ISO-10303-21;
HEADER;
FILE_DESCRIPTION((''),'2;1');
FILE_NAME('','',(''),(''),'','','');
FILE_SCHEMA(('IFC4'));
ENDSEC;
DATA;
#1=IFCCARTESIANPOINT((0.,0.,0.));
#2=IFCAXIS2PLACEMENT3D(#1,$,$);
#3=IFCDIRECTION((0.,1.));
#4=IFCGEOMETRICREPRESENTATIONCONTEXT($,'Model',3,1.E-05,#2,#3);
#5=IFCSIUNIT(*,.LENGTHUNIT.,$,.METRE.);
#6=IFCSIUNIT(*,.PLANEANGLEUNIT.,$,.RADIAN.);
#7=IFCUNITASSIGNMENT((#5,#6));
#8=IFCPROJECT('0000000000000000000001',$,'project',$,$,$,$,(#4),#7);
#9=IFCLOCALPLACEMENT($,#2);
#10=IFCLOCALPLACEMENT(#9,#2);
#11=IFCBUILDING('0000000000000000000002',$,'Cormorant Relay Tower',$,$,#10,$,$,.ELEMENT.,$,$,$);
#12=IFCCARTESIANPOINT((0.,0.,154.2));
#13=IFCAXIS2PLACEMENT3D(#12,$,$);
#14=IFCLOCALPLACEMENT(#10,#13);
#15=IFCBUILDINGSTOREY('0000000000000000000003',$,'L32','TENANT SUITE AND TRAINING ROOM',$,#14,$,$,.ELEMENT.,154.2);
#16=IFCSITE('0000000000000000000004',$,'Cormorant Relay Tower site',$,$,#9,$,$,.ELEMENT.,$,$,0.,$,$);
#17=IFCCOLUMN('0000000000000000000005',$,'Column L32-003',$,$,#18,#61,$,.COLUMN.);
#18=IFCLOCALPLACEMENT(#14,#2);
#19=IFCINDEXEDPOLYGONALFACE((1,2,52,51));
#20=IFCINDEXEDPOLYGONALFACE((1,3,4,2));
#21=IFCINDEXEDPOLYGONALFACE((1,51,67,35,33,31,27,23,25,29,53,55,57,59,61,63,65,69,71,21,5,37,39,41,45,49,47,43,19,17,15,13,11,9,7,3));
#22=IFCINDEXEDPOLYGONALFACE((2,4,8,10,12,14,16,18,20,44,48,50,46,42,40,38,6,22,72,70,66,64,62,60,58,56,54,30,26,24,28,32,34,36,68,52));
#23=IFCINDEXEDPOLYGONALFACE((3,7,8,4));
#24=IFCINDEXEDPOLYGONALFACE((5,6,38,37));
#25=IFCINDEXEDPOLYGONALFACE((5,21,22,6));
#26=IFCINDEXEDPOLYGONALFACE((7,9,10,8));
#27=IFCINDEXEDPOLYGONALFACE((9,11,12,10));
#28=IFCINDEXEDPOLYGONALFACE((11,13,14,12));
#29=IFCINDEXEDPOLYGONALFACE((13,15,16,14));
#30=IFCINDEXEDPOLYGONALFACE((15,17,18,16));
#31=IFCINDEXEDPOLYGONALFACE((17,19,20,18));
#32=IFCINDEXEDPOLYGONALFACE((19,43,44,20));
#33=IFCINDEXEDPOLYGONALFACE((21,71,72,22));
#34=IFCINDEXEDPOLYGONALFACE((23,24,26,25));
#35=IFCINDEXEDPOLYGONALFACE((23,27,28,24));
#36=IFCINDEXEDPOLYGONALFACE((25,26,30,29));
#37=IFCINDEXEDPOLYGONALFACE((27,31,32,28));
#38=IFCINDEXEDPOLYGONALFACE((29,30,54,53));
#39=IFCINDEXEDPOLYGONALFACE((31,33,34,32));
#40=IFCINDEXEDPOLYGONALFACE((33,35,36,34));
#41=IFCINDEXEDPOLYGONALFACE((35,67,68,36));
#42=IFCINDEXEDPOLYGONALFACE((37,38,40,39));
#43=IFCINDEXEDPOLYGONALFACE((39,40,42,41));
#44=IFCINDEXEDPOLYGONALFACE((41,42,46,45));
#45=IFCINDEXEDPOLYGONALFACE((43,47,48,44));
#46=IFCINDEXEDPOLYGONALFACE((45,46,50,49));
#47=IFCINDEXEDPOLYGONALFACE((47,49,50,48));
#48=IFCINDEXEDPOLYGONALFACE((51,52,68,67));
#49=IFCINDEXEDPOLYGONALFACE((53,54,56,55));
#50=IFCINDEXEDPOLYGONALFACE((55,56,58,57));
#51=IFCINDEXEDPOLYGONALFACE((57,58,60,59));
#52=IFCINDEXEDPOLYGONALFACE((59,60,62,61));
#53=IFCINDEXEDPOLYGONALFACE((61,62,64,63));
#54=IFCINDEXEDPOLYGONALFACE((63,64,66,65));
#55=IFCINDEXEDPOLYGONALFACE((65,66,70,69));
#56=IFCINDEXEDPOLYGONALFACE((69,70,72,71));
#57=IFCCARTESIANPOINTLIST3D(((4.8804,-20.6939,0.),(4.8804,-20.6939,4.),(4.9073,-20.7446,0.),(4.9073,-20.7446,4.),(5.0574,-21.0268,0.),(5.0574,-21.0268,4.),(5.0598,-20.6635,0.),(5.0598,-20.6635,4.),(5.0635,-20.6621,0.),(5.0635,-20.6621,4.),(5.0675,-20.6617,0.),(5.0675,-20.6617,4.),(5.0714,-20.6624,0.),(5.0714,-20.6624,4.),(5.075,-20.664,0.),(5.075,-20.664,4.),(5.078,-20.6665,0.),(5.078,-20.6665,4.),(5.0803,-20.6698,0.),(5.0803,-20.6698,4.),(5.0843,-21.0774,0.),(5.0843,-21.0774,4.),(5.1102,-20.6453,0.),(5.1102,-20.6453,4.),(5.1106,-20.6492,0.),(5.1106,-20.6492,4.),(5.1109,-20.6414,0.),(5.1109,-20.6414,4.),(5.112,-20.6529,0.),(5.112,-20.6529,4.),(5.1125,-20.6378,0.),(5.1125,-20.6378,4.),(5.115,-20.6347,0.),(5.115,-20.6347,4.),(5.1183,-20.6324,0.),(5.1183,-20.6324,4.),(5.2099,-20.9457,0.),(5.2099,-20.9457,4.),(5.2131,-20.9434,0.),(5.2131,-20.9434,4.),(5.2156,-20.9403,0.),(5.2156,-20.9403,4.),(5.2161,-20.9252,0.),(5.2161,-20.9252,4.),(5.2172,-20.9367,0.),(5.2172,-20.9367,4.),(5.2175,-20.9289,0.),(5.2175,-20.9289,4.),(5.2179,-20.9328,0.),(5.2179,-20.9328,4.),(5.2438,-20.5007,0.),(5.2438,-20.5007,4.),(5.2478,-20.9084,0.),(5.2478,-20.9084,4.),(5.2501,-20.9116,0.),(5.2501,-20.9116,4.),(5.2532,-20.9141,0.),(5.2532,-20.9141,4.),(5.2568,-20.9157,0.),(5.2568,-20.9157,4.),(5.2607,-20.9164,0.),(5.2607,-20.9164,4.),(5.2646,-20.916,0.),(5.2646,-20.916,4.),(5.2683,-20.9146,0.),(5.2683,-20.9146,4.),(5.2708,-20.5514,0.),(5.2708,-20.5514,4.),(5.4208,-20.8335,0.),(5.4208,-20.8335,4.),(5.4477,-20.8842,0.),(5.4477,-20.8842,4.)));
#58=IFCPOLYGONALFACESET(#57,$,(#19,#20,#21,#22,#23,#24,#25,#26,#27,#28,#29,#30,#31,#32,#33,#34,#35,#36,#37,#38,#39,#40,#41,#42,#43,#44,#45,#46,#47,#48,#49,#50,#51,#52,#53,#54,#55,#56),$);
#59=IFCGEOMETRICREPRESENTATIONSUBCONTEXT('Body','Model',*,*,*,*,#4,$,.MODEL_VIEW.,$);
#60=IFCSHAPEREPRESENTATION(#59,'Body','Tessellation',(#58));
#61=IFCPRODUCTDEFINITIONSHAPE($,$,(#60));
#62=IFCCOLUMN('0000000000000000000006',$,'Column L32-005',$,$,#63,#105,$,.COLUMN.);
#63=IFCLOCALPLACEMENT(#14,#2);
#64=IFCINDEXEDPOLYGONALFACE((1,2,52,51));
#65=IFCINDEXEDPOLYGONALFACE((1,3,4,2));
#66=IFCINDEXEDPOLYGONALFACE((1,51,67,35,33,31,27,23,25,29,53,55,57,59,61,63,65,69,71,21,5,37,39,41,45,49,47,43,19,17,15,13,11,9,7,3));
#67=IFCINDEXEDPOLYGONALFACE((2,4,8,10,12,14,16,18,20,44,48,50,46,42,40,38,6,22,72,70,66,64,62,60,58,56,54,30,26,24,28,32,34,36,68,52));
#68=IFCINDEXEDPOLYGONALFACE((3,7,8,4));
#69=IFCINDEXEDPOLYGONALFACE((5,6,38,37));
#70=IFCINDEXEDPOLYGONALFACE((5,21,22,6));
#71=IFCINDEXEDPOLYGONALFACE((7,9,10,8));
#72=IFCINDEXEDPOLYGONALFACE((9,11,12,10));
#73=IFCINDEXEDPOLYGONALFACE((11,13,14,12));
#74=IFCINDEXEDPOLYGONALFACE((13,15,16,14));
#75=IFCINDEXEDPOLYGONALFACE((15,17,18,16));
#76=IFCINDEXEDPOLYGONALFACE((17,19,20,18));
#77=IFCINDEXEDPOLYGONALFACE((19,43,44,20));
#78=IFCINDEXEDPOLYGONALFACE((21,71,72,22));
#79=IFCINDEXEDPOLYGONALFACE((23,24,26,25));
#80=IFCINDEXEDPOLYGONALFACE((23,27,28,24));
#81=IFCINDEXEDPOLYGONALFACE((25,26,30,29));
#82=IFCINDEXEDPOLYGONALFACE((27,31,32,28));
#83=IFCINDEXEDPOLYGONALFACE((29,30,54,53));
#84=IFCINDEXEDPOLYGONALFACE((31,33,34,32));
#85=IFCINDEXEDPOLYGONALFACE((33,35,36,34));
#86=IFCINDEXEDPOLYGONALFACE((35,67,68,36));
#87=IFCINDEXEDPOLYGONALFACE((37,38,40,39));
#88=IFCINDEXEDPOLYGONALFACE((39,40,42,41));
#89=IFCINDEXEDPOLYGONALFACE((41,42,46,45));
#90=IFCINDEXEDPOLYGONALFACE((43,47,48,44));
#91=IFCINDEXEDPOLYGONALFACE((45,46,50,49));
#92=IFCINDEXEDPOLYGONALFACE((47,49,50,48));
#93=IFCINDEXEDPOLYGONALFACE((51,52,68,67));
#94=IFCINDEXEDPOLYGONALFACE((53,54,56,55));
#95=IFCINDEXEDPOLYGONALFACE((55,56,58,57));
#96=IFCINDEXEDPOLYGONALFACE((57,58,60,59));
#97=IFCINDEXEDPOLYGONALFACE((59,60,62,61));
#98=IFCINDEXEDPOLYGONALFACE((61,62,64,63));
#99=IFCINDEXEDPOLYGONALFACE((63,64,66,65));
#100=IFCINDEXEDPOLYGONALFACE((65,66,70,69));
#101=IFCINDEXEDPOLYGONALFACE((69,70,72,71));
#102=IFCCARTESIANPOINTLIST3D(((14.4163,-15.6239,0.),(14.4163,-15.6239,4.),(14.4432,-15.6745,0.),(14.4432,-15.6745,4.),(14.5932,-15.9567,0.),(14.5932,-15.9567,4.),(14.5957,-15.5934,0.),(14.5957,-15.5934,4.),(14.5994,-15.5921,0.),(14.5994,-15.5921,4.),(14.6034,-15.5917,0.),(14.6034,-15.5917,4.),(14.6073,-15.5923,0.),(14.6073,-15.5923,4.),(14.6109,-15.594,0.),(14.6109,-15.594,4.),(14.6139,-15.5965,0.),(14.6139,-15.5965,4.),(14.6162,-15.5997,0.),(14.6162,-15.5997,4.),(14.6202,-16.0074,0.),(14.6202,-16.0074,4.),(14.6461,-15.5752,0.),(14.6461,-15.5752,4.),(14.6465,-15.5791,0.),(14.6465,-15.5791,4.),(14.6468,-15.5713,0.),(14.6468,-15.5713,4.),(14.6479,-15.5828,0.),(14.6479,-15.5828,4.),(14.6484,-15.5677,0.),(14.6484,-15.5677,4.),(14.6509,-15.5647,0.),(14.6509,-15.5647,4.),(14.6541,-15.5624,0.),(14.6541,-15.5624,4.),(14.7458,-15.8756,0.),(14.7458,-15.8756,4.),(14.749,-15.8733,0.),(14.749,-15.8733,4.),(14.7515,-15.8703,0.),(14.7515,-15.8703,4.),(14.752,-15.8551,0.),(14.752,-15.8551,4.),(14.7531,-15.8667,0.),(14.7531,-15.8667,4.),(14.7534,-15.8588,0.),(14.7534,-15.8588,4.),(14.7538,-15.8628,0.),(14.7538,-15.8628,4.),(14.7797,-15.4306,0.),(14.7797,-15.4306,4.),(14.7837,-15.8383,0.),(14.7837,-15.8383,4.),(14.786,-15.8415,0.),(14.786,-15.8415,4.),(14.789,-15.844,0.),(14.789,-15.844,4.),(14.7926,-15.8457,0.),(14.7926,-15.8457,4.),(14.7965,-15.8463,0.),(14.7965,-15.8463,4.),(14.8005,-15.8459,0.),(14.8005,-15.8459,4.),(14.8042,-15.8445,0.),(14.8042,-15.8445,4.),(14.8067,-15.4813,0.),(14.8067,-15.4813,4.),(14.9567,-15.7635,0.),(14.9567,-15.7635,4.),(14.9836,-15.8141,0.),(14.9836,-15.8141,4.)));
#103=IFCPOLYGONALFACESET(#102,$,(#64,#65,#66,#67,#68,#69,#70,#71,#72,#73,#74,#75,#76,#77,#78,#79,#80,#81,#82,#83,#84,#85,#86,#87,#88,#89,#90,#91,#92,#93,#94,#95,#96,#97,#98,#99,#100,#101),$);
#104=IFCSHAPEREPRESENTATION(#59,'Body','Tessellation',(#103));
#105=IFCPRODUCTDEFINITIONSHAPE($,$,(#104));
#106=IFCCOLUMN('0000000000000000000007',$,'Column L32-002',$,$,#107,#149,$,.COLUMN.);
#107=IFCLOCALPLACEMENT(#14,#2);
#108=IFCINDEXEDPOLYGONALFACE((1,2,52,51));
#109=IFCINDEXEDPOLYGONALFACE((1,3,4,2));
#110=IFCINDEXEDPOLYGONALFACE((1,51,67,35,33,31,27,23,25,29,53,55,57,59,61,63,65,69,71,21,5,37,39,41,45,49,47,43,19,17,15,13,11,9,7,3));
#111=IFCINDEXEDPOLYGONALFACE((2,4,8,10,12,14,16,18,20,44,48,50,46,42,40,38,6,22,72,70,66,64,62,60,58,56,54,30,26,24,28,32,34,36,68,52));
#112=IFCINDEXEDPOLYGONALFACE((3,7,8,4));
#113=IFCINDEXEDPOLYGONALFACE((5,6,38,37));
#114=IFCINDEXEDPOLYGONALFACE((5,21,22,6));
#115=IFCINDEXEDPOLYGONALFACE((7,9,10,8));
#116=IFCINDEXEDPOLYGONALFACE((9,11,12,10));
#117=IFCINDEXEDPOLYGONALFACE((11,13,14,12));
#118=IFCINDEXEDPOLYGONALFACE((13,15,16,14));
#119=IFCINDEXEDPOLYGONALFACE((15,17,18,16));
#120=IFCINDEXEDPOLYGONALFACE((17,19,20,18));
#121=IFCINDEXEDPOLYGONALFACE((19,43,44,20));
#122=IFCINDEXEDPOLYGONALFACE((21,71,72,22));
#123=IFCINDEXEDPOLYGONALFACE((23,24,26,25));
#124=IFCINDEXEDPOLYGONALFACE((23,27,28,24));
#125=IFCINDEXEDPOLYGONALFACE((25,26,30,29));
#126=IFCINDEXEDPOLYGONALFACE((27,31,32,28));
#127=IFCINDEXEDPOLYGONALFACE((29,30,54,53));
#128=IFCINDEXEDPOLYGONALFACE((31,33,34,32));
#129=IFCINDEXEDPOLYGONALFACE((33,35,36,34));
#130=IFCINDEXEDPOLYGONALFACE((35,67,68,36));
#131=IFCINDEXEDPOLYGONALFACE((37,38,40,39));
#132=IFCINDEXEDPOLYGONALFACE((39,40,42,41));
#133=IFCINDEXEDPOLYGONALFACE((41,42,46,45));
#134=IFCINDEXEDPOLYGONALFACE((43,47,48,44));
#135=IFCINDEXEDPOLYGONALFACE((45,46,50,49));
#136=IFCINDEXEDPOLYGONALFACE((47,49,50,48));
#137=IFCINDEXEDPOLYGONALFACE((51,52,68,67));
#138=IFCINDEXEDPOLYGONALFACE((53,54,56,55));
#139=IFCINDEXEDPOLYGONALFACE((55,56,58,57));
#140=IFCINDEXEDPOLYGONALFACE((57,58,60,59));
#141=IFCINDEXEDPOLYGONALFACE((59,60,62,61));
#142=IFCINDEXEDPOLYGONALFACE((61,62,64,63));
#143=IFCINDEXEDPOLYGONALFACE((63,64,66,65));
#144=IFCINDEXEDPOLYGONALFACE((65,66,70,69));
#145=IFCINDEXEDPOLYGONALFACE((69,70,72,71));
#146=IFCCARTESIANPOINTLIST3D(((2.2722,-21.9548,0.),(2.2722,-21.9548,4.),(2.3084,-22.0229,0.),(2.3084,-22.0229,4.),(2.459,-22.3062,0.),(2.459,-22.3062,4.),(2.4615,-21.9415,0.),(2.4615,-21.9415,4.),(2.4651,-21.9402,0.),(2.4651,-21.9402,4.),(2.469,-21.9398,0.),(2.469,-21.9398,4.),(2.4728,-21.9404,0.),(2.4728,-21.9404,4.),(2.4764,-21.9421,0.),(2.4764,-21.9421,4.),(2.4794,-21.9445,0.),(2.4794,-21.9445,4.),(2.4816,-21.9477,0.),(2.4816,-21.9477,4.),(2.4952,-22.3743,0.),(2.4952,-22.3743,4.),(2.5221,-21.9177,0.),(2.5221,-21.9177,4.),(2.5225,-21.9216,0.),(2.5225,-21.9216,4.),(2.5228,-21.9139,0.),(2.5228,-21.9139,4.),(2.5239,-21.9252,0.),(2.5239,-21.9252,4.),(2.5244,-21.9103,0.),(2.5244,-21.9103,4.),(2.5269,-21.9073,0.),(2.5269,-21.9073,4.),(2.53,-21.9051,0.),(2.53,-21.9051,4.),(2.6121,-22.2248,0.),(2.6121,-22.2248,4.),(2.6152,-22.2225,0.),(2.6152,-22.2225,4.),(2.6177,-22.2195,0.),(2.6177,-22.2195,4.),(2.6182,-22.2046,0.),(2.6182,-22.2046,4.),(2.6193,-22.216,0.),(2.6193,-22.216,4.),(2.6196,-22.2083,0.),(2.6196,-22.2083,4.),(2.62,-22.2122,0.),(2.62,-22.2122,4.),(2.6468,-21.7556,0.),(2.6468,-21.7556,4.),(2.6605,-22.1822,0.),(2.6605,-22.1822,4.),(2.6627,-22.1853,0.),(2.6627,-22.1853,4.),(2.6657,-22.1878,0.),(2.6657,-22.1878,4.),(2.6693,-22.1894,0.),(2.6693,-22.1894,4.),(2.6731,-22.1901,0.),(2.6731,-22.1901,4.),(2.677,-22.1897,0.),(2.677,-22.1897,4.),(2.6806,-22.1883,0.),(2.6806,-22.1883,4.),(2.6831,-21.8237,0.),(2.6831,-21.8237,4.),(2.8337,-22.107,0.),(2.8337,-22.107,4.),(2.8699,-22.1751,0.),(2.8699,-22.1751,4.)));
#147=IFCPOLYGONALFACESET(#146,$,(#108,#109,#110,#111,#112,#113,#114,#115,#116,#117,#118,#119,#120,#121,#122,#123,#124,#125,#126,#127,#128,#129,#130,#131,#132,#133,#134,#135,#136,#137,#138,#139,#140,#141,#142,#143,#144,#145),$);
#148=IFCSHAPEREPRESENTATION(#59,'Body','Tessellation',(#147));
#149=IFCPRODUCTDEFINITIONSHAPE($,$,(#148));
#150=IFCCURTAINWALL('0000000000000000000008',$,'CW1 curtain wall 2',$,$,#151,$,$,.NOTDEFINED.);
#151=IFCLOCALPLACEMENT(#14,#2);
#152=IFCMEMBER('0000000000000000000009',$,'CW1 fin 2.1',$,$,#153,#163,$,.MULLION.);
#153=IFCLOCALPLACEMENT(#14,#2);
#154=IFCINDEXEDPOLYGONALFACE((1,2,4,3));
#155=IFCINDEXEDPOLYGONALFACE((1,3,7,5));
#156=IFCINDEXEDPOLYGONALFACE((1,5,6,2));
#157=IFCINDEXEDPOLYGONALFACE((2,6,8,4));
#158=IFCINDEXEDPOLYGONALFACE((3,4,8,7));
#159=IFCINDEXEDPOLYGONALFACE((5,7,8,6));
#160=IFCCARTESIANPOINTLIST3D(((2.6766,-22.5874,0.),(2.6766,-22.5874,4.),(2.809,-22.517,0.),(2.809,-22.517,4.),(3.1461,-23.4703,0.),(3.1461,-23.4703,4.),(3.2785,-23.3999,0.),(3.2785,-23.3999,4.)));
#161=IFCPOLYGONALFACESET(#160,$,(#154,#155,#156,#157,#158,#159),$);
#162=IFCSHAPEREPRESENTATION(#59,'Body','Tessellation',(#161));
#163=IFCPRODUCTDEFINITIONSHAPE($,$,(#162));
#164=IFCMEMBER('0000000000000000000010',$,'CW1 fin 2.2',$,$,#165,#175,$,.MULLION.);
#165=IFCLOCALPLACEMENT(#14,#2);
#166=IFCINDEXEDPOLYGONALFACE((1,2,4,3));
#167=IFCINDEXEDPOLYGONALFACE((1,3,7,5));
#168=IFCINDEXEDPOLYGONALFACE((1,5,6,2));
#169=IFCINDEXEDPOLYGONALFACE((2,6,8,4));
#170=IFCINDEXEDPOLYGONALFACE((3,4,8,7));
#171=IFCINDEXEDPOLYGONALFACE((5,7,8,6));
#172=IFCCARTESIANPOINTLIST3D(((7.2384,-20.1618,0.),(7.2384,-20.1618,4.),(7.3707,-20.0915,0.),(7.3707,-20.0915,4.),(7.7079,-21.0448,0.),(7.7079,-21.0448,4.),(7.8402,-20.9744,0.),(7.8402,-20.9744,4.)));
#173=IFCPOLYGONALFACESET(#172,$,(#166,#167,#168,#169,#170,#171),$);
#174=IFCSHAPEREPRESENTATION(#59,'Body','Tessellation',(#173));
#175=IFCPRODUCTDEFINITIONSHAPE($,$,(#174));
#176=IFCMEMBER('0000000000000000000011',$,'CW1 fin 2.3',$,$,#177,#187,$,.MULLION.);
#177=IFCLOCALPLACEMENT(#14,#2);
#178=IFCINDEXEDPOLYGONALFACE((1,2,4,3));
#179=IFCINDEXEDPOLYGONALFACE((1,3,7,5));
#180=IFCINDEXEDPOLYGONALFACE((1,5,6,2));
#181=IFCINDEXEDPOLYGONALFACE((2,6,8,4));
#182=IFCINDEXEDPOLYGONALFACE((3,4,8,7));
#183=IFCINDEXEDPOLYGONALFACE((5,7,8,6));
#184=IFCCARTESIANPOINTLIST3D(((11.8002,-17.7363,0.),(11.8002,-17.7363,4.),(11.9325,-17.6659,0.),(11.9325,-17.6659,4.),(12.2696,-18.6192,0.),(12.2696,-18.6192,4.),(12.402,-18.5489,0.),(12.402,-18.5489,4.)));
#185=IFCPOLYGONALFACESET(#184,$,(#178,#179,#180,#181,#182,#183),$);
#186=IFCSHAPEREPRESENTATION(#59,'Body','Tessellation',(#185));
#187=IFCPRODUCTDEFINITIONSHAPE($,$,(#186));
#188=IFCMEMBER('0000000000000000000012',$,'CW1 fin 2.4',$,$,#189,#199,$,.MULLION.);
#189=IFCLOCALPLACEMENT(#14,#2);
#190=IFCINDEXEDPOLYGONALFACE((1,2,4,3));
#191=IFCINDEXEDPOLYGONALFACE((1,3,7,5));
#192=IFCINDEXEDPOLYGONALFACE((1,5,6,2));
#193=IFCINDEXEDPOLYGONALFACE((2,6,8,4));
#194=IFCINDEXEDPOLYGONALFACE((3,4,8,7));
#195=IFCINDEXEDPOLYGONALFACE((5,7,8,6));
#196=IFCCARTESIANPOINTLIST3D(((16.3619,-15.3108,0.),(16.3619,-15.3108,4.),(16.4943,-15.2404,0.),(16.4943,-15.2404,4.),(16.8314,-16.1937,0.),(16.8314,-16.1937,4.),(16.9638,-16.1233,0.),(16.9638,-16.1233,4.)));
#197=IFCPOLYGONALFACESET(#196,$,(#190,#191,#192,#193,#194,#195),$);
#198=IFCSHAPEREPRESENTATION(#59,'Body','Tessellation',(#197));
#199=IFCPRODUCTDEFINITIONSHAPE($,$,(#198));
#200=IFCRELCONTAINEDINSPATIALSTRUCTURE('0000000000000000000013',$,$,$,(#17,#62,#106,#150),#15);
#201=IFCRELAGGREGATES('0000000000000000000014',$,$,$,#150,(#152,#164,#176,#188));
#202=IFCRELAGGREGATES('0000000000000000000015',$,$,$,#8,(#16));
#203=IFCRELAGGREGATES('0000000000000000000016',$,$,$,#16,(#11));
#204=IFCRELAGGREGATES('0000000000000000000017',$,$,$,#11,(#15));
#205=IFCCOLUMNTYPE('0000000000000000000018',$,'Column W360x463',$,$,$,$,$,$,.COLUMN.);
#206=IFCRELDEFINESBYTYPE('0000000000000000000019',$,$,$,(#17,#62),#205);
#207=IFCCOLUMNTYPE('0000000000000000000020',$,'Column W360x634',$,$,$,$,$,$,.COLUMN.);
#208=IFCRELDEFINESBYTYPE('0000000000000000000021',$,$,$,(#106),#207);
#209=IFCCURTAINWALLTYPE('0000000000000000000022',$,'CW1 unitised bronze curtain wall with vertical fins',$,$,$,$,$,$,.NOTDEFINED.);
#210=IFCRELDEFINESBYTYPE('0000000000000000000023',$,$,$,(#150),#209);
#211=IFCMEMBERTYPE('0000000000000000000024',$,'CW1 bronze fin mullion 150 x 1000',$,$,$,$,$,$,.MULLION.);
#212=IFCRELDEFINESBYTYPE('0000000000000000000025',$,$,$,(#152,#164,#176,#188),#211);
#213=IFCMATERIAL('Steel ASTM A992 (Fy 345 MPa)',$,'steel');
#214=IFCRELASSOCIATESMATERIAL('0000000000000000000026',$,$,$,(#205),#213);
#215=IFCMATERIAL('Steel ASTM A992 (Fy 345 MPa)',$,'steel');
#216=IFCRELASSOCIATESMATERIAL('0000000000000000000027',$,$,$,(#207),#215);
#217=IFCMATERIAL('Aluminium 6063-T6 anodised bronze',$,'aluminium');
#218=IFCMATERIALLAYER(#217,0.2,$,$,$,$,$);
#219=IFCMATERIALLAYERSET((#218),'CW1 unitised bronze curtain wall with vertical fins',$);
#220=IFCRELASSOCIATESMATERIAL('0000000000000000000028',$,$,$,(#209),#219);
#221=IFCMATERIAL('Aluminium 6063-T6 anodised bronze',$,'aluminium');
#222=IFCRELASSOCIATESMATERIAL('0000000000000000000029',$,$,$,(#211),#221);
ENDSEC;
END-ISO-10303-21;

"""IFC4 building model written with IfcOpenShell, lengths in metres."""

from ifc_helpers import new_model, si_unit, direction, frame, origin, origin_2d, place, context, subcontext, project, spatial, rectangle, i_section, extrude, material, layer, layer_set, material_profile, profile_set, type_object, element, aggregate, save


model = new_model("IFC4")

# Units and contexts
model_context = context("Model", 3, precision=1e-05, world=origin(), true_north=direction((0.0, 1.0)))
body_context = subcontext(model_context, "Body", "Model", "MODEL_VIEW")
ifc_project = project(units=[si_unit("LENGTHUNIT", "METRE"), si_unit("PLANEANGLEUNIT", "RADIAN")], contexts=[model_context])

# Site, building, storey
site_placement = place(None, origin())
site = spatial("IfcSite", under=ifc_project, at=site_placement, Name="Cormorant Relay Tower site", CompositionType="ELEMENT", RefElevation=0.0)
building_placement = place(site_placement, origin())
building = spatial("IfcBuilding", under=site, at=building_placement, Name="Cormorant Relay Tower", CompositionType="ELEMENT")
storey_placement = place(building_placement, frame((0.0, 0.0, 154.2)))
storey = spatial("IfcBuildingStorey", under=building, at=storey_placement, Name="L32", Description="TENANT SUITE AND TRAINING ROOM", CompositionType="ELEMENT", Elevation=154.2)

# Columns
ifc_material_1 = material(Name="Steel ASTM A992 (Fy 345 MPa)", Category="steel")
ifc_material_profile_1 = material_profile(ifc_material_1, i_section(OverallWidth=0.4116, OverallDepth=0.4343, WebThickness=0.0359, FlangeThickness=0.0574, FilletRadius=0.0151, at=origin_2d()), Name="W360x463")
ifc_profile_set_1 = profile_set([ifc_material_profile_1], Name="Steel ASTM A992 (Fy 345 MPa)")
column_type_1 = type_object("IfcColumnType", Name="Column W360x463", PredefinedType="COLUMN", material=ifc_profile_set_1)
for number, where, z_axis, x_axis, name in (
    (1, (5.1641, -20.7891, 0.0), (0.0, 0.0, 1.0), (0.882948, 0.469472, 0.0), "Column L32-003"),
    (2, (14.7, -15.719, 0.0), (0.0, 0.0, 1.0), (0.882948, 0.469472, 0.0), "Column L32-005"),
):
    element("IfcColumn", number, at=place(storey_placement, frame(where, z_axis=z_axis, x_axis=x_axis)), inside=storey, type_object=column_type_1, Name=name, PredefinedType="COLUMN", context=body_context, shape_type="SweptSolid", body=[
        extrude(i_section(OverallWidth=0.4116, OverallDepth=0.4343, WebThickness=0.0359, FlangeThickness=0.0574, FilletRadius=0.0151, at=origin_2d()), origin(), (0.0, 0.0, 1.0), 4.0),
    ])
ifc_material_2 = material(Name="Steel ASTM A992 (Fy 345 MPa)", Category="steel")
ifc_material_profile_2 = material_profile(ifc_material_2, i_section(OverallWidth=0.4243, OverallDepth=0.4751, WebThickness=0.0479, FlangeThickness=0.0771, FilletRadius=0.0149, at=origin_2d()), Name="W360x634")
ifc_profile_set_2 = profile_set([ifc_material_profile_2], Name="Steel ASTM A992 (Fy 345 MPa)")
column_type_2 = type_object("IfcColumnType", Name="Column W360x634", PredefinedType="COLUMN", material=ifc_profile_set_2)
column_placement = place(storey_placement, frame((2.571, -22.0649, 0.0), z_axis=(0.0, 0.0, 1.0), x_axis=(0.882948, 0.469472, 0.0)))
element("IfcColumn", 3, at=column_placement, inside=storey, type_object=column_type_2, Name="Column L32-002", PredefinedType="COLUMN", context=body_context, shape_type="SweptSolid", body=[
    extrude(i_section(OverallWidth=0.4243, OverallDepth=0.4751, WebThickness=0.0479, FlangeThickness=0.0771, FilletRadius=0.0149, at=origin_2d()), origin(), (0.0, 0.0, 1.0), 4.0),
])

# Curtain wall, members
ifc_material_3 = material(Name="Aluminium 6063-T6 anodised bronze", Category="aluminium")
ifc_layer_1 = layer(ifc_material_3, 0.2)
ifc_layer_set_1 = layer_set([ifc_layer_1], Name="CW1 unitised bronze curtain wall with vertical fins")
curtain_wall_type = type_object("IfcCurtainWallType", Name="CW1 unitised bronze curtain wall with vertical fins", PredefinedType="NOTDEFINED", material=ifc_layer_set_1)
curtain_wall_1_placement = place(storey_placement, origin())
curtain_wall_1 = element("IfcCurtainWall", 4, at=curtain_wall_1_placement, inside=storey, type_object=curtain_wall_type, Name="CW1 curtain wall 2", PredefinedType="NOTDEFINED")
ifc_material_4 = material(Name="Aluminium 6063-T6 anodised bronze", Category="aluminium")
ifc_material_profile_3 = material_profile(ifc_material_4, rectangle(XDim=0.1499, YDim=1.0, at=origin_2d()), Name="AL 150x1000")
ifc_profile_set_3 = profile_set([ifc_material_profile_3], Name="Aluminium 6063-T6 anodised bronze")
member_type_1 = type_object("IfcMemberType", Name="CW1 bronze fin mullion 150 x 1000", PredefinedType="MULLION", material=ifc_profile_set_3)
member_1_placement = place(storey_placement, frame((2.9775, -22.9937, 0.0), z_axis=(0.0, 0.0, 1.0), x_axis=(0.882948, 0.469472, 0.0)))
member_1 = element("IfcMember", 5, at=member_1_placement, type_object=member_type_1, Name="CW1 fin 2.1", PredefinedType="MULLION", context=body_context, shape_type="SweptSolid", body=[
    extrude(rectangle(XDim=0.1499, YDim=1.0, at=origin_2d()), origin(), (0.0, 0.0, 1.0), 4.0),
])
member_2_placement = place(storey_placement, frame((7.5393, -20.5681, 0.0), z_axis=(0.0, 0.0, 1.0), x_axis=(0.882948, 0.469472, 0.0)))
member_2 = element("IfcMember", 6, at=member_2_placement, type_object=member_type_1, Name="CW1 fin 2.2", PredefinedType="MULLION", context=body_context, shape_type="SweptSolid", body=[
    extrude(rectangle(XDim=0.1499, YDim=1.0, at=origin_2d()), origin(), (0.0, 0.0, 1.0), 4.0),
])
member_3_placement = place(storey_placement, frame((12.1011, -18.1426, 0.0), z_axis=(0.0, 0.0, 1.0), x_axis=(0.882948, 0.469472, 0.0)))
member_3 = element("IfcMember", 7, at=member_3_placement, type_object=member_type_1, Name="CW1 fin 2.3", PredefinedType="MULLION", context=body_context, shape_type="SweptSolid", body=[
    extrude(rectangle(XDim=0.1499, YDim=1.0, at=origin_2d()), origin(), (0.0, 0.0, 1.0), 4.0),
])
member_4_placement = place(storey_placement, frame((16.6628, -15.717, 0.0), z_axis=(0.0, 0.0, 1.0), x_axis=(0.882948, 0.469472, 0.0)))
member_4 = element("IfcMember", 8, at=member_4_placement, type_object=member_type_1, Name="CW1 fin 2.4", PredefinedType="MULLION", context=body_context, shape_type="SweptSolid", body=[
    extrude(rectangle(XDim=0.1499, YDim=1.0, at=origin_2d()), origin(), (0.0, 0.0, 1.0), 4.0),
])

aggregate(curtain_wall_1, [member_1, member_2, member_3, member_4])

save(model, "model.ifc")
